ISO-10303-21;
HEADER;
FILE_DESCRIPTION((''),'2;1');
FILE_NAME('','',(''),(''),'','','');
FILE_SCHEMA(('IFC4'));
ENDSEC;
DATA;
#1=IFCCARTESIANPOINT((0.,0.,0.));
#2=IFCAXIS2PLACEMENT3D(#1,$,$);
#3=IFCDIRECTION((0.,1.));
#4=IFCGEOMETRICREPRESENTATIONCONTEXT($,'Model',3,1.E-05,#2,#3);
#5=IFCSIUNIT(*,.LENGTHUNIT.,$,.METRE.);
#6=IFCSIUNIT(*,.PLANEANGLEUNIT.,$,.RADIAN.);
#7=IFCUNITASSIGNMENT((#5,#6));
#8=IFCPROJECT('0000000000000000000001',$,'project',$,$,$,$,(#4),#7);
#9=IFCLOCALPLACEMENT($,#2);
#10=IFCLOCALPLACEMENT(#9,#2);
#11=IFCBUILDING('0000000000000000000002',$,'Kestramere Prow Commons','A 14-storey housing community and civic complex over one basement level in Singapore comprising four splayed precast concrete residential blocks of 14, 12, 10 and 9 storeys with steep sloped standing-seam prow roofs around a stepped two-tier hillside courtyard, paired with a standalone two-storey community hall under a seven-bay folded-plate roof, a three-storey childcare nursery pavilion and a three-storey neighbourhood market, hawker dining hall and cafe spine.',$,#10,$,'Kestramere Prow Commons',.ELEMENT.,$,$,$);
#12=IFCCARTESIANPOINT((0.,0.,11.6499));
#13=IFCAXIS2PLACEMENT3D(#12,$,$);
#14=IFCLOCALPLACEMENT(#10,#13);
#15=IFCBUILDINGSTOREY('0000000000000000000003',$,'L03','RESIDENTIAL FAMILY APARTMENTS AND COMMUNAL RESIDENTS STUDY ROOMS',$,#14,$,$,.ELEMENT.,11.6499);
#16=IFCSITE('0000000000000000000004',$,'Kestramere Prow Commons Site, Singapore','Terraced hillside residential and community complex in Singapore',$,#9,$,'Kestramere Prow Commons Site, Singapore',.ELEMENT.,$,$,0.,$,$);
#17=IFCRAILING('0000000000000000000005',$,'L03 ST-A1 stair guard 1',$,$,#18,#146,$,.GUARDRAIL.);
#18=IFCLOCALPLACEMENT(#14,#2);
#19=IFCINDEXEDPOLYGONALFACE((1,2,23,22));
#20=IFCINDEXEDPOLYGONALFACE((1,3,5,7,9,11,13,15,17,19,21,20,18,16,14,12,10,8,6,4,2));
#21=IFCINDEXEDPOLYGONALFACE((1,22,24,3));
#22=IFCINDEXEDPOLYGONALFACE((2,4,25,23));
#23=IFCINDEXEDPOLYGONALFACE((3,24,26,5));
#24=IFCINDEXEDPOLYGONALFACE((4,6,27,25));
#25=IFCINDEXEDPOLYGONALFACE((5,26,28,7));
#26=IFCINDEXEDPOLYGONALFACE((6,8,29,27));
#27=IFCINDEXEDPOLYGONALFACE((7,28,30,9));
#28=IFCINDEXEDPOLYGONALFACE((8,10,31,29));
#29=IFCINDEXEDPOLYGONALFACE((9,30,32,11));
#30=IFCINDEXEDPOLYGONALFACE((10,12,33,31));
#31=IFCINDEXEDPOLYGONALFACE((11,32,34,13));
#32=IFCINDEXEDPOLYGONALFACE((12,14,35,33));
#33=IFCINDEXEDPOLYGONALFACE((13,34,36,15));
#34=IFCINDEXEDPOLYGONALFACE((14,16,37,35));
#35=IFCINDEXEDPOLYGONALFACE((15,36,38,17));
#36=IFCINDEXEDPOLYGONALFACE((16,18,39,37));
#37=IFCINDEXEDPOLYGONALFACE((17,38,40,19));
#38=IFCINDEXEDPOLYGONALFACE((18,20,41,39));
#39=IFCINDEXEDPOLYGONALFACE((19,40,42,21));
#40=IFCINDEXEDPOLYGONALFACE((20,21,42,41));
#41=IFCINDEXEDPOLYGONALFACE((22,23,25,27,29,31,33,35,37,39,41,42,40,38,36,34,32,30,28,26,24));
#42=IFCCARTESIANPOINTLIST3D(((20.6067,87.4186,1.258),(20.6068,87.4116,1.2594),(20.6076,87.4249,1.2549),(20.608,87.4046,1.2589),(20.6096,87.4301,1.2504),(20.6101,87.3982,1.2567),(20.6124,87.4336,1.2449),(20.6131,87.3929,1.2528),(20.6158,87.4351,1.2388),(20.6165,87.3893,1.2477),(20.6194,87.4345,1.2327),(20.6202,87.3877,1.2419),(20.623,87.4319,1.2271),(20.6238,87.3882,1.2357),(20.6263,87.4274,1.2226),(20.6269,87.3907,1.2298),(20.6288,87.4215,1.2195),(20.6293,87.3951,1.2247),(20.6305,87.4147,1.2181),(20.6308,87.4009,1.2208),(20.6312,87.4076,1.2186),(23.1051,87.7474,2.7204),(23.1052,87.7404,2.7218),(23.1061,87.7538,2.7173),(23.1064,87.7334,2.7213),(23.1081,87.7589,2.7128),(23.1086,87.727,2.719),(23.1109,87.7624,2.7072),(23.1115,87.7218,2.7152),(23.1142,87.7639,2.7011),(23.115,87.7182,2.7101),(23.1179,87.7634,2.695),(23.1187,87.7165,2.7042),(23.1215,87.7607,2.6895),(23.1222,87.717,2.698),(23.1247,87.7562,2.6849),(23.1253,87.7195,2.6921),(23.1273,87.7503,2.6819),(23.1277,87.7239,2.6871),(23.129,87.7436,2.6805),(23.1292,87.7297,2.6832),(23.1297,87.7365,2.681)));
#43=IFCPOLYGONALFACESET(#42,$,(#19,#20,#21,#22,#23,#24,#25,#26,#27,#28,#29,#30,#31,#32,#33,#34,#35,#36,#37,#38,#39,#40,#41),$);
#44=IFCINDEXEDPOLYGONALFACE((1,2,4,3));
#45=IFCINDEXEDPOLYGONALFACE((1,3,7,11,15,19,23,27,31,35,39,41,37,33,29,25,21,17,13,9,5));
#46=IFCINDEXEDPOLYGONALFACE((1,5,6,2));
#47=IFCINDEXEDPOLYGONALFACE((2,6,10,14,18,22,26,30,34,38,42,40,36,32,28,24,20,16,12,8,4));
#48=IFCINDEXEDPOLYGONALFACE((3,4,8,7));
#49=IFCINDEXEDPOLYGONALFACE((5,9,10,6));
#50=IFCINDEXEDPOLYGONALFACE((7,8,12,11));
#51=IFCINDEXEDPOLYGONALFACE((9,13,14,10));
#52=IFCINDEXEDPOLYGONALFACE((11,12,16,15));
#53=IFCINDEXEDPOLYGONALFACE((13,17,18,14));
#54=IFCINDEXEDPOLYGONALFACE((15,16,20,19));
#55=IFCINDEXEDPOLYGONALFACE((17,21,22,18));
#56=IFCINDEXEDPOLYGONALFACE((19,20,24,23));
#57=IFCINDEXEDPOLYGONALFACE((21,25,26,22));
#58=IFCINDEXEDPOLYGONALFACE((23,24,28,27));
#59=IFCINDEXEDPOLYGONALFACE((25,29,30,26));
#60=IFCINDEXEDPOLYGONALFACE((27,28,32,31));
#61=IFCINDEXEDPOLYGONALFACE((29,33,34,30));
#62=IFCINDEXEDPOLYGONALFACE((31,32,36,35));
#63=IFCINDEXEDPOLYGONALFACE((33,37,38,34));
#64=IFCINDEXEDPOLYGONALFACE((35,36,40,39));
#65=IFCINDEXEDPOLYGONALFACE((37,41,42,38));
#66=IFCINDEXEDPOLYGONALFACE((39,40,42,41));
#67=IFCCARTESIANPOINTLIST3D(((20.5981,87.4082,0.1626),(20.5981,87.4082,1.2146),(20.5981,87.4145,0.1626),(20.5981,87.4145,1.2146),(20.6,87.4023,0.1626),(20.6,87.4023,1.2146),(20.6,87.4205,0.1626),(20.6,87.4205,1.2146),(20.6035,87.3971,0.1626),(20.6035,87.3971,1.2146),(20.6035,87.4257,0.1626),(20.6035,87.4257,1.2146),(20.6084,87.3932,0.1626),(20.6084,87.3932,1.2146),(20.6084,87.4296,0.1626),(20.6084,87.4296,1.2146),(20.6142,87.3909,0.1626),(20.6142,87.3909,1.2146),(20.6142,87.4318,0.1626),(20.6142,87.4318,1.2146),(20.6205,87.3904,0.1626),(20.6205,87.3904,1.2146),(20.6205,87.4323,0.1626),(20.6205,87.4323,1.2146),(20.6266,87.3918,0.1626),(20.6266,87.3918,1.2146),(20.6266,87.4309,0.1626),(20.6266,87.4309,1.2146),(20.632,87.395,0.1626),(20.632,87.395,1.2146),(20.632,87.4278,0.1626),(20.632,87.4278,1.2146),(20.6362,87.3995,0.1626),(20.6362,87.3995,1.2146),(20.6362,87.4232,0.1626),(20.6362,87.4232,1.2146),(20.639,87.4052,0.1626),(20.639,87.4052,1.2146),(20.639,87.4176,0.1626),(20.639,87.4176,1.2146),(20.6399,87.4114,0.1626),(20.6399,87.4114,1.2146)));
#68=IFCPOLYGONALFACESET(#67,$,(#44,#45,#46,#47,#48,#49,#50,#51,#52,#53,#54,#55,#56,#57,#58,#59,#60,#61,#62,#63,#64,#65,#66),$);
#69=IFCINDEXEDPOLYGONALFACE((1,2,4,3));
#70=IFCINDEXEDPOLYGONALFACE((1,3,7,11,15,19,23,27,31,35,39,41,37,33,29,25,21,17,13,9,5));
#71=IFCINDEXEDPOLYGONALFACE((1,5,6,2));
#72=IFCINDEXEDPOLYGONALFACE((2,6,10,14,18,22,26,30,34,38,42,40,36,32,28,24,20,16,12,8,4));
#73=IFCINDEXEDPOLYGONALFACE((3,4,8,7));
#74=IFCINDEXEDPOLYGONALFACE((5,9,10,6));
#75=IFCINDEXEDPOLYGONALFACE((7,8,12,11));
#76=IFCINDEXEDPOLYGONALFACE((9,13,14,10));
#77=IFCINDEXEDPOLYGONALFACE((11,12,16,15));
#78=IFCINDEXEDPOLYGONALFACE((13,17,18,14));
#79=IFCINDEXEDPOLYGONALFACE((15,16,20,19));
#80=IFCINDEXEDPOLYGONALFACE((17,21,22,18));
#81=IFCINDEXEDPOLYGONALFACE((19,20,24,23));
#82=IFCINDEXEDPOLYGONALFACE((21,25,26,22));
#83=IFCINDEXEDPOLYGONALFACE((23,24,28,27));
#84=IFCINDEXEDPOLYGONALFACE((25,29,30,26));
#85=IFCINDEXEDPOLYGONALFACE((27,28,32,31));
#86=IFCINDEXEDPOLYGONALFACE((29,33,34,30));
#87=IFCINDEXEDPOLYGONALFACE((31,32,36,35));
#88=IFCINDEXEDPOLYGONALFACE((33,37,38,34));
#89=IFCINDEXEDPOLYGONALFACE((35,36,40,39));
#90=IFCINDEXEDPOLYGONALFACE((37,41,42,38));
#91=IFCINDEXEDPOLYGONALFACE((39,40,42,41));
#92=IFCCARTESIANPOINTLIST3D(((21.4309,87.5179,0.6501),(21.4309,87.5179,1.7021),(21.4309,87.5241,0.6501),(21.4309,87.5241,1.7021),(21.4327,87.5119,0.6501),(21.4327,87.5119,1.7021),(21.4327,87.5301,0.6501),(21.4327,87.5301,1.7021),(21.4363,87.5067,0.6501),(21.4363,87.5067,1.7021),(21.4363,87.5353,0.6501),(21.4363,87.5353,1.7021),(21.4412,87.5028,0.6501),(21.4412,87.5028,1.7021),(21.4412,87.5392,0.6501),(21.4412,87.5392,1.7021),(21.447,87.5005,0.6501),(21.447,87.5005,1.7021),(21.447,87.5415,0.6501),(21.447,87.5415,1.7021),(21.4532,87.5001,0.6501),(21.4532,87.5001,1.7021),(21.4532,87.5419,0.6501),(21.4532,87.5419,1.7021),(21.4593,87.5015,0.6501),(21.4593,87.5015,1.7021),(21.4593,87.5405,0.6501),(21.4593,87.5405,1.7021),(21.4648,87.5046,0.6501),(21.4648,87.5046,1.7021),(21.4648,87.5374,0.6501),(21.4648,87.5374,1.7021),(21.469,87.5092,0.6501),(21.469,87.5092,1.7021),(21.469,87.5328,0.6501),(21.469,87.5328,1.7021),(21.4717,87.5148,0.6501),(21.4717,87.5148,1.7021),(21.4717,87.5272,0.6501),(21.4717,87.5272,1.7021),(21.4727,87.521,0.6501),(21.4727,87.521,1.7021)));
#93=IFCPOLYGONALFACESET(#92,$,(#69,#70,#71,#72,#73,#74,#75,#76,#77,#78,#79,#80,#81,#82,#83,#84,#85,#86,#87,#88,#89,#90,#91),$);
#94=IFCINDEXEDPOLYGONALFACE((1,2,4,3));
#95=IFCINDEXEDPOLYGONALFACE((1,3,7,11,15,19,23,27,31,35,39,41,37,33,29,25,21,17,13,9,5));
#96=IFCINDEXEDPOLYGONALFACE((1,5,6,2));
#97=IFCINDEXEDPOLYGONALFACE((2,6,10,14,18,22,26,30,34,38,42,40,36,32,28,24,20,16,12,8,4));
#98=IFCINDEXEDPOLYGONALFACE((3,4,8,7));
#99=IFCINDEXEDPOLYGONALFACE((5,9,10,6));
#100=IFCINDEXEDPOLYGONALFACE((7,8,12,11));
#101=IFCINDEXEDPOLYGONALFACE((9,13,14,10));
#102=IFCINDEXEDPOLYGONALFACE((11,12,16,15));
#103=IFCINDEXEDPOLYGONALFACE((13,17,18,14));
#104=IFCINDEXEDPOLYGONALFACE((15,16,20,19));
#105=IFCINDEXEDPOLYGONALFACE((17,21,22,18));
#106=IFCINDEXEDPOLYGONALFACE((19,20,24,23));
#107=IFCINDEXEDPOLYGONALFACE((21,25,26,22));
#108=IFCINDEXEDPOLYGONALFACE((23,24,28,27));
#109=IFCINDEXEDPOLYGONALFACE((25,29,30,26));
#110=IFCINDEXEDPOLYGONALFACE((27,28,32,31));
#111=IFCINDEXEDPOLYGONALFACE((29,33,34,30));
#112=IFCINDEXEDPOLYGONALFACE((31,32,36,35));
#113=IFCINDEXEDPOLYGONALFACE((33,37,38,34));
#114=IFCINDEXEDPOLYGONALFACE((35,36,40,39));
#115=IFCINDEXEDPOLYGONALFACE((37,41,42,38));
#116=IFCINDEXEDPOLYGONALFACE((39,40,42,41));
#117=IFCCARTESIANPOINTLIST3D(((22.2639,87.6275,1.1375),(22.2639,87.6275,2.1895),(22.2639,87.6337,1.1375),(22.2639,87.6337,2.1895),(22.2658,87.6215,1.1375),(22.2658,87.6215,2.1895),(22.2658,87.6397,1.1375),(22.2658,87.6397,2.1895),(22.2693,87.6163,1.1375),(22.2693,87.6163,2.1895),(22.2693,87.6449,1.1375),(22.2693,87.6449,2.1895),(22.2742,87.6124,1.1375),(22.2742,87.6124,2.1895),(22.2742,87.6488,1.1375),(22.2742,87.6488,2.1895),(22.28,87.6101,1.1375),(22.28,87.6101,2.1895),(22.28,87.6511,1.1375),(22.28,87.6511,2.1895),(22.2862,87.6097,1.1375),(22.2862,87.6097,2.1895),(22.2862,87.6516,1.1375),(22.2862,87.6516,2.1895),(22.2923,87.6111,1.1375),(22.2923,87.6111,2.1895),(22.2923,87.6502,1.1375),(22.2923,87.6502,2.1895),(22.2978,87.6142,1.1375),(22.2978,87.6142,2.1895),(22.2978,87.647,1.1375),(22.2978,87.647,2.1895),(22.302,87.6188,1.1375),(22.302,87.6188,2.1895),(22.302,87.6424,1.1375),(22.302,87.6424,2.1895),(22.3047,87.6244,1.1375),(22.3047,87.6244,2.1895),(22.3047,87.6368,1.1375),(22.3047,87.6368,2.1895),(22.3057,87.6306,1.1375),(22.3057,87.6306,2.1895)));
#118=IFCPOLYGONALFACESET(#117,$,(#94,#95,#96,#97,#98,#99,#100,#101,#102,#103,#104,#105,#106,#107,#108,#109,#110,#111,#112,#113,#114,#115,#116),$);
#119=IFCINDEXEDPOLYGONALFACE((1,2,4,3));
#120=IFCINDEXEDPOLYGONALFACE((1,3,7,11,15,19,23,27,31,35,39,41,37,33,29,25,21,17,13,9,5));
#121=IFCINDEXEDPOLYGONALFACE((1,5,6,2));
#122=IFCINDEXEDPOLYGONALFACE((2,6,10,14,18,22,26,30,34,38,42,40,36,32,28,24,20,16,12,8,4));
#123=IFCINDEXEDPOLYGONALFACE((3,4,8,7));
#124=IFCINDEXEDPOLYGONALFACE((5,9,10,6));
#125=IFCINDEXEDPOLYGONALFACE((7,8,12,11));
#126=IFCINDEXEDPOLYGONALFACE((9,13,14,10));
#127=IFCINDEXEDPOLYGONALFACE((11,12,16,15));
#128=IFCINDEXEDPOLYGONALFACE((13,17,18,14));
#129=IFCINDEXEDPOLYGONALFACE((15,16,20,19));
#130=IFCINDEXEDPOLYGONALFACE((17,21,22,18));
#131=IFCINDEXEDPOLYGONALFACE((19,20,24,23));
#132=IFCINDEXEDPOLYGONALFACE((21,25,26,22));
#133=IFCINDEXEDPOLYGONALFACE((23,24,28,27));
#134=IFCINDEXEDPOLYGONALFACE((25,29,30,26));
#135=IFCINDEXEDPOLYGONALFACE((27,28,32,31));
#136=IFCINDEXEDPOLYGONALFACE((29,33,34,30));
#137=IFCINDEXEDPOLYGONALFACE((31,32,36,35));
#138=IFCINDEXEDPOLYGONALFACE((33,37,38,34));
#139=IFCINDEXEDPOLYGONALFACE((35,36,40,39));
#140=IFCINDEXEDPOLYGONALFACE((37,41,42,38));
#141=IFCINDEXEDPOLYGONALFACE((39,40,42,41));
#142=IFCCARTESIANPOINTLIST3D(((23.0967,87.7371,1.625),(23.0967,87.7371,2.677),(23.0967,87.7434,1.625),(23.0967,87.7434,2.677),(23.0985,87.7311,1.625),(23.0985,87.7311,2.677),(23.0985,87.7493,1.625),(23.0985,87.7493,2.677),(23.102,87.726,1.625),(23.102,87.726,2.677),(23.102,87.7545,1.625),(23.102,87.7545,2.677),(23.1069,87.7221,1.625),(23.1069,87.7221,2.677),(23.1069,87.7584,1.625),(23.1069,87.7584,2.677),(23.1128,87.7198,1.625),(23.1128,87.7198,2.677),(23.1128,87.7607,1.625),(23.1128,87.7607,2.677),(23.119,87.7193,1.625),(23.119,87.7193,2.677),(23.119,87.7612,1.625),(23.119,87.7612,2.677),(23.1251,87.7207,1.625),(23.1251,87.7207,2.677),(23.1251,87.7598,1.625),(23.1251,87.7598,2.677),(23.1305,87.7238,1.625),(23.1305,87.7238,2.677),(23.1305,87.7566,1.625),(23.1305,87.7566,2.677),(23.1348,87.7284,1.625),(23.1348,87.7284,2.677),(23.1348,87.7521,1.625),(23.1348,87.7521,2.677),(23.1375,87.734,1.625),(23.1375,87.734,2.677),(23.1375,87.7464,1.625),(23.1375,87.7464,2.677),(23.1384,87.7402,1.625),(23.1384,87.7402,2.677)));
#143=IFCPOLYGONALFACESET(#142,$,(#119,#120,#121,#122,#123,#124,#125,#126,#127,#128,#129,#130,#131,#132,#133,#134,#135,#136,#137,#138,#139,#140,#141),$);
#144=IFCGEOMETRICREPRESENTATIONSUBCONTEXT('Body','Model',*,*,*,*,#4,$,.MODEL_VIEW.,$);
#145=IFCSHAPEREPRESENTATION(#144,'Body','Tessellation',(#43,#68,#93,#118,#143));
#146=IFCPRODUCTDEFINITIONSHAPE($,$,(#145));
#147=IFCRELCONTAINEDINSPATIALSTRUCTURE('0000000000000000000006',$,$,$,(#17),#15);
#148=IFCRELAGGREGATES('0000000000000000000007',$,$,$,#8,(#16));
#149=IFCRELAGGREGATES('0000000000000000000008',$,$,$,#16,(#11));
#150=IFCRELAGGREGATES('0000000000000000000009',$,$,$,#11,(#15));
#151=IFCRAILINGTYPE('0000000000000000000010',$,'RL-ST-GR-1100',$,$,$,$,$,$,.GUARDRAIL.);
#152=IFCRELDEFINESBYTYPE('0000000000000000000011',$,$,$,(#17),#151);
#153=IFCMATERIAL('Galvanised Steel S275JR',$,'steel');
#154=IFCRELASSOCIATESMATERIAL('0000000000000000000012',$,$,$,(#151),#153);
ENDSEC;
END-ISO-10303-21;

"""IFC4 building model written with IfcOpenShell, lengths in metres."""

from ifc_helpers import new_model, si_unit, direction, frame, origin, origin_2d, place, context, subcontext, project, spatial, circle, extrude, material, type_object, element, save


model = new_model("IFC4")

# Units and contexts
model_context = context("Model", 3, precision=1e-05, world=origin(), true_north=direction((0.0, 1.0)))
body_context = subcontext(model_context, "Body", "Model", "MODEL_VIEW")
ifc_project = project(units=[si_unit("LENGTHUNIT", "METRE"), si_unit("PLANEANGLEUNIT", "RADIAN")], contexts=[model_context])

# Site, building, storey
site_placement = place(None, origin())
site = spatial("IfcSite", under=ifc_project, at=site_placement, Name="Kestramere Prow Commons Site, Singapore", Description="Terraced hillside residential and community complex in Singapore", LongName="Kestramere Prow Commons Site, Singapore", CompositionType="ELEMENT", RefElevation=0.0)
building_placement = place(site_placement, origin())
building = spatial("IfcBuilding", under=site, at=building_placement, Name="Kestramere Prow Commons", Description="A 14-storey housing community and civic complex over one basement level in Singapore comprising four splayed precast concrete residential blocks of 14, 12, 10 and 9 storeys with steep sloped standing-seam prow roofs around a stepped two-tier hillside courtyard, paired with a standalone two-storey community hall under a seven-bay folded-plate roof, a three-storey childcare nursery pavilion and a three-storey neighbourhood market, hawker dining hall and cafe spine.", LongName="Kestramere Prow Commons", CompositionType="ELEMENT")
storey_placement = place(building_placement, frame((0.0, 0.0, 11.6499)))
storey = spatial("IfcBuildingStorey", under=building, at=storey_placement, Name="L03", Description="RESIDENTIAL FAMILY APARTMENTS AND COMMUNAL RESIDENTS STUDY ROOMS", CompositionType="ELEMENT", Elevation=11.6499)

# Railing
ifc_material_1 = material(Name="Galvanised Steel S275JR", Category="steel")
railing_type_1 = type_object("IfcRailingType", Name="RL-ST-GR-1100", PredefinedType="GUARDRAIL", material=ifc_material_1)
railing_1_placement = place(storey_placement, frame((20.6189, 87.4114, 0.1626)))
element("IfcRailing", 1, at=railing_1_placement, inside=storey, type_object=railing_type_1, Name="L03 ST-A1 stair guard 1", PredefinedType="GUARDRAIL", context=body_context, shape_type="SweptSolid", body=[
    extrude(circle(Radius=0.0239, at=origin_2d()), frame((0.0, 0.0, 1.0762), z_axis=(0.857523, 0.112867, 0.501912), x_axis=(-0.130495, 0.991449, 0.0)), (0.0, 0.0, 1.0), 2.9136),
    extrude(circle(Radius=0.021, at=origin_2d()), origin(), (0.0, 0.0, 1.0), 1.052),
    extrude(circle(Radius=0.021, at=origin_2d()), frame((0.8328, 0.1096, 0.4875)), (0.0, 0.0, 1.0), 1.052),
    extrude(circle(Radius=0.021, at=origin_2d()), frame((1.6658, 0.2192, 0.9749)), (0.0, 0.0, 1.0), 1.052),
    extrude(circle(Radius=0.021, at=origin_2d()), frame((2.4985, 0.3289, 1.4624)), (0.0, 0.0, 1.0), 1.052),
])

save(model, "model.ifc")
